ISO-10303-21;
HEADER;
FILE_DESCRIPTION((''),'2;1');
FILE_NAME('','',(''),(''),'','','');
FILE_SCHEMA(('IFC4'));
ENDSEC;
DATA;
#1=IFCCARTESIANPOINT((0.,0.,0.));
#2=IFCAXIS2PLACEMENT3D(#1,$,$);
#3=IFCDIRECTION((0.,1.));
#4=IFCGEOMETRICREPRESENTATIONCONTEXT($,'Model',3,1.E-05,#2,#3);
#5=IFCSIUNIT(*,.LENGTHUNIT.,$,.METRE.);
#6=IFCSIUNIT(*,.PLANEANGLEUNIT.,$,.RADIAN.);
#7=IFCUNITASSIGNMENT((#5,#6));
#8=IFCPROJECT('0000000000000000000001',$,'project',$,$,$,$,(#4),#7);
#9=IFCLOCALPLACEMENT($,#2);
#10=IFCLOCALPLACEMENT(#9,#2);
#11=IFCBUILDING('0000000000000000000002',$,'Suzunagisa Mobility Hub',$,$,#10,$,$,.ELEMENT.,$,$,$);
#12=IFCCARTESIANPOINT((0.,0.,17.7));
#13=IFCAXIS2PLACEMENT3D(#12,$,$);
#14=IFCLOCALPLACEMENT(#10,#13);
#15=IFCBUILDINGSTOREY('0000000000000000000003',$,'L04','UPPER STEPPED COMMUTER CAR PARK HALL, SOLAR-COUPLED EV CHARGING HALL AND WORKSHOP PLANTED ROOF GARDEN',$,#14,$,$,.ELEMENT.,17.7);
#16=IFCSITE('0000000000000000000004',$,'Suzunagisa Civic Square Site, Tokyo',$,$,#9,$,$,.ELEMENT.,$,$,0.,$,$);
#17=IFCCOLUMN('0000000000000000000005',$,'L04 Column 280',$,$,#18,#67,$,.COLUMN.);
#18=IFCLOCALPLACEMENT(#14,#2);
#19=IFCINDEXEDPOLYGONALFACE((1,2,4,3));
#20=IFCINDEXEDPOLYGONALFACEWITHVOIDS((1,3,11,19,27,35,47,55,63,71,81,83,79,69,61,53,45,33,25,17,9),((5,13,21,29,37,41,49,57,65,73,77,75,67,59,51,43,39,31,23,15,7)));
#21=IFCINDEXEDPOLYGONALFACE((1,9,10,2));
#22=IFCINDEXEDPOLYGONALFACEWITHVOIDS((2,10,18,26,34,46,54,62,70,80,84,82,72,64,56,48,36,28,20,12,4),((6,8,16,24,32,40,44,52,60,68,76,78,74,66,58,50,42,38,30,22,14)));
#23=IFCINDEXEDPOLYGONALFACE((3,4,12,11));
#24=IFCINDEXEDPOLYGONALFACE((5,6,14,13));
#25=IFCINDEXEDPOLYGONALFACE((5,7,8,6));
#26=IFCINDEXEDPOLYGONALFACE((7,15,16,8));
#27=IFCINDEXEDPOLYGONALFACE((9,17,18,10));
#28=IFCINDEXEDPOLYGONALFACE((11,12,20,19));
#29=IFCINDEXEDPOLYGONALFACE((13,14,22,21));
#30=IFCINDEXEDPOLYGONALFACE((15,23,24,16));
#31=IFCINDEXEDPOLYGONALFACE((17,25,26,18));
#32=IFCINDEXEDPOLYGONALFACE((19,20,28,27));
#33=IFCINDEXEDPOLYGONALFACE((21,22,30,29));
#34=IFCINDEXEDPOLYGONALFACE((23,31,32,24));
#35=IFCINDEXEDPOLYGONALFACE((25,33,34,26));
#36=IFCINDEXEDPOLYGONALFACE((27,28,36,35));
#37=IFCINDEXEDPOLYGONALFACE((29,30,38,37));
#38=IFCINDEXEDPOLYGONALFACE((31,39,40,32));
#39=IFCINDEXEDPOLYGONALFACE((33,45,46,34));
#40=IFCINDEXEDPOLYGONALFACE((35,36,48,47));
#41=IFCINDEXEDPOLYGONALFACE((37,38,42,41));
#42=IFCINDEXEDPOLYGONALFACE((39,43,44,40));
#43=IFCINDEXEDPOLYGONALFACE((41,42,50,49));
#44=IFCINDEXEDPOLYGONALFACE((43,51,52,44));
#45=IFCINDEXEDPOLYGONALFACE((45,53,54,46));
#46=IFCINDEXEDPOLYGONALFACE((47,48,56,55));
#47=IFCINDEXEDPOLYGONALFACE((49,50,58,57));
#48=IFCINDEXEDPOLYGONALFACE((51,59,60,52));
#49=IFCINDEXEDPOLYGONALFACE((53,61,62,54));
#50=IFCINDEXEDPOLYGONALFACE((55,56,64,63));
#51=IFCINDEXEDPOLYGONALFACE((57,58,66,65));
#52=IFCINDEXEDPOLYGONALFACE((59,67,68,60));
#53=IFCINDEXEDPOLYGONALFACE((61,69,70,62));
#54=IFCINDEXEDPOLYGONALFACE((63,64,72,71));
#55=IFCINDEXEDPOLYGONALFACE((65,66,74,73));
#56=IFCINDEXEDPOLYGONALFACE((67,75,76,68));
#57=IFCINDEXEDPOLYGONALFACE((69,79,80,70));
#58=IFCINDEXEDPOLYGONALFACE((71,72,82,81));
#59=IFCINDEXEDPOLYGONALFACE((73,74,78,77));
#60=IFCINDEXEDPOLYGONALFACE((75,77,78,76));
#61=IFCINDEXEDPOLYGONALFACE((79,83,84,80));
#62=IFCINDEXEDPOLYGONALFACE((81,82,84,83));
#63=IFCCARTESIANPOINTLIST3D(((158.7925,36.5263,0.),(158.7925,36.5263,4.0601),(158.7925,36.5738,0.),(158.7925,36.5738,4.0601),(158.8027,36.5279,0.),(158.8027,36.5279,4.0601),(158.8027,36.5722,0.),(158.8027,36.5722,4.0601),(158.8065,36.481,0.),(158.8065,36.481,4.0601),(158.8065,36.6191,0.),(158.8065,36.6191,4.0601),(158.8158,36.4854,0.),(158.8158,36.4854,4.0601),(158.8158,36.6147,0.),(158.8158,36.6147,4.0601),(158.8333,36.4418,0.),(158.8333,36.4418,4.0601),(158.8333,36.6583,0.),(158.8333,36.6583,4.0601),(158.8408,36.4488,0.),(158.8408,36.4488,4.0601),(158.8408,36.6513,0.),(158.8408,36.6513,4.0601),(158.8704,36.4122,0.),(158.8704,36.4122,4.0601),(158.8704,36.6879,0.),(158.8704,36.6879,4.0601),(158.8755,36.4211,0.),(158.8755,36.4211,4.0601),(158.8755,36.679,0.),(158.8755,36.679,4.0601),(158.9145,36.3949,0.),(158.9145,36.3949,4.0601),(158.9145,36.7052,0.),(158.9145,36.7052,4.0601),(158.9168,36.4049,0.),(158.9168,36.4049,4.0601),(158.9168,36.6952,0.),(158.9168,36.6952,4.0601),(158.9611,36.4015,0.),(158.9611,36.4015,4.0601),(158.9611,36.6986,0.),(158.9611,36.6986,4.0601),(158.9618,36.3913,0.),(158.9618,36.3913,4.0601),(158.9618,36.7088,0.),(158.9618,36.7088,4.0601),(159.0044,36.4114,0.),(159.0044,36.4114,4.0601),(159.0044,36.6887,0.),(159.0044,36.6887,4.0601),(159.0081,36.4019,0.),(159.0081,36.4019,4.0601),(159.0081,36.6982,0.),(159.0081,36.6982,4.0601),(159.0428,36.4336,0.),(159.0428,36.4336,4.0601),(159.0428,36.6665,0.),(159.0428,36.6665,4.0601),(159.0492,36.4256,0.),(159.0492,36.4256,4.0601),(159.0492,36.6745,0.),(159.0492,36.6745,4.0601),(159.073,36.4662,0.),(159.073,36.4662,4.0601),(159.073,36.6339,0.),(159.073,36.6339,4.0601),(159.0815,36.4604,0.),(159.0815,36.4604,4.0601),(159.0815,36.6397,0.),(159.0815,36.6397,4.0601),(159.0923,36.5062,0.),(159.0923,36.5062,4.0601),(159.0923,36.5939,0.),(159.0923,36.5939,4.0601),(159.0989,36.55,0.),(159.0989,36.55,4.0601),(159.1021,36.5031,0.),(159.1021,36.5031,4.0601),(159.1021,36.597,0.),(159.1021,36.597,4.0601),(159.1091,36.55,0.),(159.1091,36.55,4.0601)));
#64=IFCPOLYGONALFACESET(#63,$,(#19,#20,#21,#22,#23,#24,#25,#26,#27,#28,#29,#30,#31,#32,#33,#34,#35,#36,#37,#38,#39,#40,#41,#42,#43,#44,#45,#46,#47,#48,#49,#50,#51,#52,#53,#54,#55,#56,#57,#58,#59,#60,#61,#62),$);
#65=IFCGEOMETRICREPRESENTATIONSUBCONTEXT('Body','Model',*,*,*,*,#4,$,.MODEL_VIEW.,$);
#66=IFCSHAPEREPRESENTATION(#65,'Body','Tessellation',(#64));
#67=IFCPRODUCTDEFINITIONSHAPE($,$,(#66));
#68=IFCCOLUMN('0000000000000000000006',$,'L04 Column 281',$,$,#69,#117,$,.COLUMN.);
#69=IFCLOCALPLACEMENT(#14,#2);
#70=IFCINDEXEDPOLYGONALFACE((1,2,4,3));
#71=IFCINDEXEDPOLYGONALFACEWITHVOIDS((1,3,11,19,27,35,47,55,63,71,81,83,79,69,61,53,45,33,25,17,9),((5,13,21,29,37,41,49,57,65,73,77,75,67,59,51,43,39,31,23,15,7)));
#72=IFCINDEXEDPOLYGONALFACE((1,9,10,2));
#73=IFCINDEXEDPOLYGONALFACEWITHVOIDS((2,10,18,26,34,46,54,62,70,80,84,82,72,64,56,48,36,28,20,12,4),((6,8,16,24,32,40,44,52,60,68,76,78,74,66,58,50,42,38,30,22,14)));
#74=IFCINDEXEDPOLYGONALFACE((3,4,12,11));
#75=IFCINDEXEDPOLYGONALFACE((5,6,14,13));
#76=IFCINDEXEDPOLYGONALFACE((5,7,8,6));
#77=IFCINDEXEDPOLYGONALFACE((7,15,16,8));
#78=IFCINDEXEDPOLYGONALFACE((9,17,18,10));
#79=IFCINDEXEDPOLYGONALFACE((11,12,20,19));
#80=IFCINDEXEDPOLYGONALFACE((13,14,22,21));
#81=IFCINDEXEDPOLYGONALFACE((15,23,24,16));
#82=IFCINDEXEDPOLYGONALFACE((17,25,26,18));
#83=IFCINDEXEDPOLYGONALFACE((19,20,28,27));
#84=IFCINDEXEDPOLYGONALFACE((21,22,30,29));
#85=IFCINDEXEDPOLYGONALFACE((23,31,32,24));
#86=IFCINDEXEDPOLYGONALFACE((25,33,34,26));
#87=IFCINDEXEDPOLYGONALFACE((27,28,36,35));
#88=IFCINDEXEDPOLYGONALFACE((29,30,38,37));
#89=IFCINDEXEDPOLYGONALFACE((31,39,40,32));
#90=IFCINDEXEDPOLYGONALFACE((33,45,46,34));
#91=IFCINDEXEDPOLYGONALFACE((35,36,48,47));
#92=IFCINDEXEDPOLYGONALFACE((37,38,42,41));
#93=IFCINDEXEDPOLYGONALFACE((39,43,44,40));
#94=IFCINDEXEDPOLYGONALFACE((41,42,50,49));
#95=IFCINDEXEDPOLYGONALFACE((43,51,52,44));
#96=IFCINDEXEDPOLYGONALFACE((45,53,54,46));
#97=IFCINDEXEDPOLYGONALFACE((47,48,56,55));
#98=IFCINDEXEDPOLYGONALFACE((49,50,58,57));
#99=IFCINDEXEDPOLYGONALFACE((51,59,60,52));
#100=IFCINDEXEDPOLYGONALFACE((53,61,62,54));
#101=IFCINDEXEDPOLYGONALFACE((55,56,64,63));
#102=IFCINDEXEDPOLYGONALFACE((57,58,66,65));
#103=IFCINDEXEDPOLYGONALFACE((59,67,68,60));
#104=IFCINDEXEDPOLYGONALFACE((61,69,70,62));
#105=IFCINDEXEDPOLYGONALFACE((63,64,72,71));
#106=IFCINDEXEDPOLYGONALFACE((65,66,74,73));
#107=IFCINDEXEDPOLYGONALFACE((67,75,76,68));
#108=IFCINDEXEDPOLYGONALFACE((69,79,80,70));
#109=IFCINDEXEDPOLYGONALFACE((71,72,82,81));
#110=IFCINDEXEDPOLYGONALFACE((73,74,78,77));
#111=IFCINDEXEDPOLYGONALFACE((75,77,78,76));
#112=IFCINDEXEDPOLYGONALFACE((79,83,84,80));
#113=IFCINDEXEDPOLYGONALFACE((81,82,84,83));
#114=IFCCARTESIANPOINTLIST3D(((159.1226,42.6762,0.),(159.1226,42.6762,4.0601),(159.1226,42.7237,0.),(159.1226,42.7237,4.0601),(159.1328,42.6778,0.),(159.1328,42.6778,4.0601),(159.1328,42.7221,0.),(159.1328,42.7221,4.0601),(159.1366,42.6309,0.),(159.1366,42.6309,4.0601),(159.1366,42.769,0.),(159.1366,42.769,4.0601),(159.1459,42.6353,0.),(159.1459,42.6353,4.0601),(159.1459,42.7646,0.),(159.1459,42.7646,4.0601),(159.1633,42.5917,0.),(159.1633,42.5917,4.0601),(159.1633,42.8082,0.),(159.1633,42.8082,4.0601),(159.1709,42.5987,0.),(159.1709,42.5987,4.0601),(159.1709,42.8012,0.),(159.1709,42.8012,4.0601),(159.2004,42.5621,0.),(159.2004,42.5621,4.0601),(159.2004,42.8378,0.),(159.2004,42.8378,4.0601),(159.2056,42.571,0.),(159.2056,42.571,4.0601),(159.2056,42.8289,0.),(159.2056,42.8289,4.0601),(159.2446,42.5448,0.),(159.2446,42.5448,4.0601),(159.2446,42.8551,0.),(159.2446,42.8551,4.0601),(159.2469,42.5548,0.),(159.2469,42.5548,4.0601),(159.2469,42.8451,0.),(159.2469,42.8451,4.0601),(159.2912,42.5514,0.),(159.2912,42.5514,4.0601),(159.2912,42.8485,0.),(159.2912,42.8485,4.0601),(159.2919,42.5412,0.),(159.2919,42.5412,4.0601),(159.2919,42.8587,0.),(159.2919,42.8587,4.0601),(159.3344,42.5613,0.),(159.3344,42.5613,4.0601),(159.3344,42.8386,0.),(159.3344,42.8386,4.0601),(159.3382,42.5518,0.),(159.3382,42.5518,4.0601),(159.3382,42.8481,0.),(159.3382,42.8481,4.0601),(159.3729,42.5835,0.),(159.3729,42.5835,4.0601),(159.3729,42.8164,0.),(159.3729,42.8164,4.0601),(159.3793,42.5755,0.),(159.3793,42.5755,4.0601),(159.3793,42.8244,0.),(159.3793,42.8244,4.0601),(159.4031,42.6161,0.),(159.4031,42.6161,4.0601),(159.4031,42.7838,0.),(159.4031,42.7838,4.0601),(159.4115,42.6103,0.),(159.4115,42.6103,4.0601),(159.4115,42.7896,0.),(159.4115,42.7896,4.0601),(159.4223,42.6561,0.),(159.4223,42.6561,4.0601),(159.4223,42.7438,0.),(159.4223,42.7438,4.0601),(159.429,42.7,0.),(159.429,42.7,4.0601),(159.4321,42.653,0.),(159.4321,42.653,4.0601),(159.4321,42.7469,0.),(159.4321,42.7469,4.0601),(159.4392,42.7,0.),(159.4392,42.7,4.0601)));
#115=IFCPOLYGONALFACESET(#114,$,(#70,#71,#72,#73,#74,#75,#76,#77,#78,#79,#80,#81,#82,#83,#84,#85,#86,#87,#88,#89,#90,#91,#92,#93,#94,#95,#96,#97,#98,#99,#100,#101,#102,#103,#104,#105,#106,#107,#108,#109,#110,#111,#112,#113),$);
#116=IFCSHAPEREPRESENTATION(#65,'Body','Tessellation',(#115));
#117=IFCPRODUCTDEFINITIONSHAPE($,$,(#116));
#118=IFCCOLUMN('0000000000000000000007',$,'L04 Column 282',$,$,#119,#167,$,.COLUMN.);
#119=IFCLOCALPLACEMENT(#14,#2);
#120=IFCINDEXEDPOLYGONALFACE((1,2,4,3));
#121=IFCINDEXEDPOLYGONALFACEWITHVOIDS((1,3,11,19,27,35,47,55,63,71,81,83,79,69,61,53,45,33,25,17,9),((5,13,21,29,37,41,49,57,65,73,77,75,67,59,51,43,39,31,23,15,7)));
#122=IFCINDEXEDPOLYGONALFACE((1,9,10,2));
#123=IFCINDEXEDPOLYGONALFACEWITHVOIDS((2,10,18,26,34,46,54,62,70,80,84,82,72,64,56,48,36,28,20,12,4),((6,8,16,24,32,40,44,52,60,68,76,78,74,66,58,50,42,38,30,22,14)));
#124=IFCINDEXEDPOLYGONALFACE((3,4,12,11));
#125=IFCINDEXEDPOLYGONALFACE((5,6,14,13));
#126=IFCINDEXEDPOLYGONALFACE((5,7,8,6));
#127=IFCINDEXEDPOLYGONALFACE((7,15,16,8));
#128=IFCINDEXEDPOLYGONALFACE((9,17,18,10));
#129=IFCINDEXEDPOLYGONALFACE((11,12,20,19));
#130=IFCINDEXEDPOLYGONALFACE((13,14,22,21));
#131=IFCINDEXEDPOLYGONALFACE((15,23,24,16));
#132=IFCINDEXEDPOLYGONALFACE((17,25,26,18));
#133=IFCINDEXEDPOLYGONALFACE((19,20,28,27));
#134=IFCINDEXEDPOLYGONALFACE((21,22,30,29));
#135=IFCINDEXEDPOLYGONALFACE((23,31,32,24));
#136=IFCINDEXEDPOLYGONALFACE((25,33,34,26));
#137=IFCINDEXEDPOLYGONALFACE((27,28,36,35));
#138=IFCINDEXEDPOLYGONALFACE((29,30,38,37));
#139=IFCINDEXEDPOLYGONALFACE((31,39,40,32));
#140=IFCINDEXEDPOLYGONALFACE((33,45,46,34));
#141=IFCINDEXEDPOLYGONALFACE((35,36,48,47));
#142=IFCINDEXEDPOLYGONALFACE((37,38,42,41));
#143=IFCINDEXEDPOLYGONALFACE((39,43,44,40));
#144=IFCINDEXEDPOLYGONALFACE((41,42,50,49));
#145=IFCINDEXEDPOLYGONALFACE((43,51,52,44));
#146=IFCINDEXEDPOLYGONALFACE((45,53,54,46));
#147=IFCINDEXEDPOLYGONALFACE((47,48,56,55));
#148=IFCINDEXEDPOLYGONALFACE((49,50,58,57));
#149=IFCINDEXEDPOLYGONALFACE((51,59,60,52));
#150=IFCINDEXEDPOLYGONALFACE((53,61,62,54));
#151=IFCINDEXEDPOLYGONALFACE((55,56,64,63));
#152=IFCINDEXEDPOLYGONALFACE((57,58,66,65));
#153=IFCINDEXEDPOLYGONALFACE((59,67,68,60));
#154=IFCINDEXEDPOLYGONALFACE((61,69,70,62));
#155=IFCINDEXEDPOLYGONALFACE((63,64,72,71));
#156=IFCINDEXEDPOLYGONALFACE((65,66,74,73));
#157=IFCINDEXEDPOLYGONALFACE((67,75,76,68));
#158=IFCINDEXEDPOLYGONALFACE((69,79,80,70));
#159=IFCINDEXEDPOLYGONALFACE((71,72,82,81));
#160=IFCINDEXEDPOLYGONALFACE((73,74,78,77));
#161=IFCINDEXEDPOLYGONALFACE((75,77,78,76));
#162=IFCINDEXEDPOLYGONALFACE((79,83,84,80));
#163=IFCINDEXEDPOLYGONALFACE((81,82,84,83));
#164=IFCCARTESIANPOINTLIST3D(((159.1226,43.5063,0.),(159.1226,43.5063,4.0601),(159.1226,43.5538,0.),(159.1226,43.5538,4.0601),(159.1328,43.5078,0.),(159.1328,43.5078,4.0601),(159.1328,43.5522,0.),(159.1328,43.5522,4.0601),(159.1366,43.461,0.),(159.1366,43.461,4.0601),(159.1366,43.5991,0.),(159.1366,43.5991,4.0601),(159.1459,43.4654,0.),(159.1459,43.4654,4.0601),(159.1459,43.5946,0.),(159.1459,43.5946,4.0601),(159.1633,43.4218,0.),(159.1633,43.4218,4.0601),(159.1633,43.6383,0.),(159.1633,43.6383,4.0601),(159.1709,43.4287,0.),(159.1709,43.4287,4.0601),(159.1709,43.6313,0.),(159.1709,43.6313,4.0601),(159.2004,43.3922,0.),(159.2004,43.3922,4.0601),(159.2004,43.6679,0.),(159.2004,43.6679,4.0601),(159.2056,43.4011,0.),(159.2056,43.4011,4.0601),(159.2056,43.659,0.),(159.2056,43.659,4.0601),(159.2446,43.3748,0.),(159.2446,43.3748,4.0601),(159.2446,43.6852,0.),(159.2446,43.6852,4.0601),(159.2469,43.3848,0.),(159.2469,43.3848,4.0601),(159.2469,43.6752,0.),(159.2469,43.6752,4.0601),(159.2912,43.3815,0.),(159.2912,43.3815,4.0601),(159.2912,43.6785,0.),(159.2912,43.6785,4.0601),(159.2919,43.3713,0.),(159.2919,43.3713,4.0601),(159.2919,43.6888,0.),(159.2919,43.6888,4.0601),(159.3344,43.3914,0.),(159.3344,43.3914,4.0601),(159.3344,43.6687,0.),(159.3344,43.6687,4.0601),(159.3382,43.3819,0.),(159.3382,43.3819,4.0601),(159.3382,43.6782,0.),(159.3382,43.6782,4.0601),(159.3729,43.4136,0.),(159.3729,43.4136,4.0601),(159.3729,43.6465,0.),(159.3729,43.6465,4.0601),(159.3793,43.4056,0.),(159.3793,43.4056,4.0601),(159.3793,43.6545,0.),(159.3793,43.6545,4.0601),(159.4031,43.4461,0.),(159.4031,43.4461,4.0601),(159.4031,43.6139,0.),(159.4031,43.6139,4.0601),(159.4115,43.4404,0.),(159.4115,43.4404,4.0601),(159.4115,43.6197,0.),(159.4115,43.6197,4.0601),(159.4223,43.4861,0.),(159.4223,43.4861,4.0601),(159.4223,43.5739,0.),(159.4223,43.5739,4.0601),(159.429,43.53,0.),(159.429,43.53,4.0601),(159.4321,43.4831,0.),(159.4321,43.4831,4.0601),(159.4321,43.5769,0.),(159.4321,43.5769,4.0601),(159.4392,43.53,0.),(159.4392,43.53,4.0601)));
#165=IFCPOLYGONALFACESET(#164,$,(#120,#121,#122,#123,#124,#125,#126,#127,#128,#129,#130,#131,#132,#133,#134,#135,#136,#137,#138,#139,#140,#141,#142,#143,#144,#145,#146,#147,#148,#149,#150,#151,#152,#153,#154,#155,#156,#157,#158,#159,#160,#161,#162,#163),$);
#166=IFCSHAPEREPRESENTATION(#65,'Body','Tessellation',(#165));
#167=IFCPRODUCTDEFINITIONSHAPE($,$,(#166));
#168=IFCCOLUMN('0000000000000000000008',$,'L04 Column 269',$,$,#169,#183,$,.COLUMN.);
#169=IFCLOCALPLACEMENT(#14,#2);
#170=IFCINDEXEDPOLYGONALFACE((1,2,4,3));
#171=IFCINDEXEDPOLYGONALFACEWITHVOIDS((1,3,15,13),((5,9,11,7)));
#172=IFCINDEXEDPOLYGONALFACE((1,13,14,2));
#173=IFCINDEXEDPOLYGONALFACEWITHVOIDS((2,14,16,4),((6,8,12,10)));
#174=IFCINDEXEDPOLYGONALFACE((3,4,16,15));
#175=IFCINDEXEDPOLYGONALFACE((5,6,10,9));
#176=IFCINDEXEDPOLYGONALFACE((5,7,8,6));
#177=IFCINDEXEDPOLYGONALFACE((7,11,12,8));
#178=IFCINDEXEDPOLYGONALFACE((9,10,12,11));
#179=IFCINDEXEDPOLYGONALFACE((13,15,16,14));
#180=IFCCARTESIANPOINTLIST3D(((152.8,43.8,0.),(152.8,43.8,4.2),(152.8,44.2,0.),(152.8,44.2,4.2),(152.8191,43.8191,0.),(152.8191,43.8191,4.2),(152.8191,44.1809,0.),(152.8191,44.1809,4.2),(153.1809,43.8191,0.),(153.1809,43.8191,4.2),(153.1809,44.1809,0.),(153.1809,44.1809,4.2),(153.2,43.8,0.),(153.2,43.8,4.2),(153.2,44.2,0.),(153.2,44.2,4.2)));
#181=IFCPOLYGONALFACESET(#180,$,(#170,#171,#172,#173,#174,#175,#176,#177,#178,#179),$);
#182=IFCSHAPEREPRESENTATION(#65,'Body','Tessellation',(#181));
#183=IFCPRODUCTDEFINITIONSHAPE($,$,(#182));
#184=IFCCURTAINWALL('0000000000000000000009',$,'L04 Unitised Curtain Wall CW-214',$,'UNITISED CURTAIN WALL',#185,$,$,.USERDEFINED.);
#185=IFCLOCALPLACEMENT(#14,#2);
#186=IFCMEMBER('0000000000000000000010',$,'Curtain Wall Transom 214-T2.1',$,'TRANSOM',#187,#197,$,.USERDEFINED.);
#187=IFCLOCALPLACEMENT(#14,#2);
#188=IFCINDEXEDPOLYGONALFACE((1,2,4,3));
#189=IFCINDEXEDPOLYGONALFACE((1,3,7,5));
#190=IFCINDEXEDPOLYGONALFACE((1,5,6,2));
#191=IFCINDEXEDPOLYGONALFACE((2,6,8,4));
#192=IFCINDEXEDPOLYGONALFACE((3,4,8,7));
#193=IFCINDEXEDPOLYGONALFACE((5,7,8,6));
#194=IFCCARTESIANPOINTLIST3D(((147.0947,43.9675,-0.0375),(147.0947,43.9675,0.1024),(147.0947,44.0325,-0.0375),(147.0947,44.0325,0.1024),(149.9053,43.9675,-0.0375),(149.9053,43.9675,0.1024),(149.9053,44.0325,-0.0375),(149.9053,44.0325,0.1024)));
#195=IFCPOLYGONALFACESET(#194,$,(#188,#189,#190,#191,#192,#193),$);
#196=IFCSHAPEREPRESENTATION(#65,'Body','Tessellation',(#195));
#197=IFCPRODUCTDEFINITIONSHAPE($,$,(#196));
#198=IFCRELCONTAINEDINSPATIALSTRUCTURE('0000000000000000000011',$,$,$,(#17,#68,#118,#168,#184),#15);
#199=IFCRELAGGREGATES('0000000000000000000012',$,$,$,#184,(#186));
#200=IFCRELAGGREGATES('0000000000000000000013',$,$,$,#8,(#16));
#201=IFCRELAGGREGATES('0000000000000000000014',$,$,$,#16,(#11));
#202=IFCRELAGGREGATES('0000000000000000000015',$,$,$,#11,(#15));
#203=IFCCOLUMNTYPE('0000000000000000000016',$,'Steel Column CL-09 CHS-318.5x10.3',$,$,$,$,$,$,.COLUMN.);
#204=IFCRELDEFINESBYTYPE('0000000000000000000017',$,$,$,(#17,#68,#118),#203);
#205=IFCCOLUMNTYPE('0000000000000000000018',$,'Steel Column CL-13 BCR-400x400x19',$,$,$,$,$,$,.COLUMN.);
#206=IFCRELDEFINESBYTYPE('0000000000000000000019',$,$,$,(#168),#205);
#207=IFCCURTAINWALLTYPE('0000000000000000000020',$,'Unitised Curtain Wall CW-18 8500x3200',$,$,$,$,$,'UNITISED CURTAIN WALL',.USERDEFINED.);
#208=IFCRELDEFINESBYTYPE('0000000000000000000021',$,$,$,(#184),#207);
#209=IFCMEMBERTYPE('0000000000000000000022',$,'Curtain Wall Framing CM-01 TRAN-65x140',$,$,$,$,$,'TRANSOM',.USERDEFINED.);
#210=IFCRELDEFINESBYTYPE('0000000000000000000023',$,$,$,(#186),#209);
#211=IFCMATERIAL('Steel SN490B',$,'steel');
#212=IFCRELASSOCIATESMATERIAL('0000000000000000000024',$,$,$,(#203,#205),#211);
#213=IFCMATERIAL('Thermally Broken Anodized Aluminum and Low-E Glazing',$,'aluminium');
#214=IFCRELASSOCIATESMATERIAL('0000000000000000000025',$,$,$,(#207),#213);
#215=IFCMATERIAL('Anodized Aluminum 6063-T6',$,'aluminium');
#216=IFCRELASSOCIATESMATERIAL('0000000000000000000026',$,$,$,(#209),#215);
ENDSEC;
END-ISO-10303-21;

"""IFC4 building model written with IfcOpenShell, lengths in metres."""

from ifc_helpers import new_model, si_unit, direction, frame, origin, origin_2d, place, context, subcontext, project, spatial, rectangle, hollow_rectangle, hollow_circle, extrude, material, material_profile, profile_set, type_object, element, aggregate, save


model = new_model("IFC4")

# Units and contexts
model_context = context("Model", 3, precision=1e-05, world=origin(), true_north=direction((0.0, 1.0)))
body_context = subcontext(model_context, "Body", "Model", "MODEL_VIEW")
ifc_project = project(units=[si_unit("LENGTHUNIT", "METRE"), si_unit("PLANEANGLEUNIT", "RADIAN")], contexts=[model_context])

# Site, building, storey
site_placement = place(None, origin())
site = spatial("IfcSite", under=ifc_project, at=site_placement, Name="Suzunagisa Civic Square Site, Tokyo", CompositionType="ELEMENT", RefElevation=0.0)
building_placement = place(site_placement, origin())
building = spatial("IfcBuilding", under=site, at=building_placement, Name="Suzunagisa Mobility Hub", CompositionType="ELEMENT")
storey_placement = place(building_placement, frame((0.0, 0.0, 17.7)))
storey = spatial("IfcBuildingStorey", under=building, at=storey_placement, Name="L04", Description="UPPER STEPPED COMMUTER CAR PARK HALL, SOLAR-COUPLED EV CHARGING HALL AND WORKSHOP PLANTED ROOF GARDEN", CompositionType="ELEMENT", Elevation=17.7)

# Columns
ifc_material_1 = material(Name="Steel SN490B", Category="steel")
ifc_material_profile_1 = material_profile(ifc_material_1, hollow_circle(Radius=0.1592, WallThickness=0.0103, at=origin_2d()), Name="CHS-318.5x10.3")
ifc_profile_set_1 = profile_set([ifc_material_profile_1], Name="Steel SN490B")
column_type_1 = type_object("IfcColumnType", Name="Steel Column CL-09 CHS-318.5x10.3", PredefinedType="COLUMN", material=ifc_profile_set_1)
for number, where, z_axis, x_axis, name in (
    (1, (158.95, 36.55, 0.0), (0.0, 0.0, 1.0), (1.0, 0.0, 0.0), "L04 Column 280"),
    (2, (159.28, 42.7, 0.0), (0.0, 0.0, 1.0), (1.0, 0.0, 0.0), "L04 Column 281"),
    (3, (159.28, 43.53, 0.0), (0.0, 0.0, 1.0), (1.0, 0.0, 0.0), "L04 Column 282"),
):
    element("IfcColumn", number, at=place(storey_placement, frame(where, z_axis=z_axis, x_axis=x_axis)), inside=storey, type_object=column_type_1, Name=name, PredefinedType="COLUMN", context=body_context, shape_type="SweptSolid", body=[
        extrude(hollow_circle(Radius=0.1592, WallThickness=0.0103, at=origin_2d()), origin(), (0.0, 0.0, 1.0), 4.0601),
    ])
ifc_material_profile_2 = material_profile(ifc_material_1, hollow_rectangle(XDim=0.3999, YDim=0.3999, WallThickness=0.019, at=origin_2d()), Name="BCR-400x400x19")
ifc_profile_set_2 = profile_set([ifc_material_profile_2], Name="Steel SN490B")
column_type_2 = type_object("IfcColumnType", Name="Steel Column CL-13 BCR-400x400x19", PredefinedType="COLUMN", material=ifc_profile_set_2)
column_placement = place(storey_placement, frame((153.0, 44.0, 0.0), z_axis=(0.0, 0.0, 1.0), x_axis=(1.0, 0.0, 0.0)))
element("IfcColumn", 4, at=column_placement, inside=storey, type_object=column_type_2, Name="L04 Column 269", PredefinedType="COLUMN", context=body_context, shape_type="SweptSolid", body=[
    extrude(hollow_rectangle(XDim=0.3999, YDim=0.3999, WallThickness=0.019, at=origin_2d()), origin(), (0.0, 0.0, 1.0), 4.2),
])

# Curtain wall, member
ifc_material_2 = material(Name="Thermally Broken Anodized Aluminum and Low-E Glazing", Category="aluminium")
curtain_wall_type = type_object("IfcCurtainWallType", Name="Unitised Curtain Wall CW-18 8500x3200", ElementType="UNITISED CURTAIN WALL", PredefinedType="USERDEFINED", material=ifc_material_2)
curtain_wall_placement = place(storey_placement, origin())
curtain_wall = element("IfcCurtainWall", 5, at=curtain_wall_placement, inside=storey, type_object=curtain_wall_type, Name="L04 Unitised Curtain Wall CW-214", ObjectType="UNITISED CURTAIN WALL", PredefinedType="USERDEFINED")
ifc_material_3 = material(Name="Anodized Aluminum 6063-T6", Category="aluminium")
ifc_material_profile_3 = material_profile(ifc_material_3, rectangle(XDim=0.0649, YDim=0.1399, at=origin_2d()), Name="TRAN-65x140")
ifc_profile_set_3 = profile_set([ifc_material_profile_3], Name="Anodized Aluminum 6063-T6")
member_type_1 = type_object("IfcMemberType", Name="Curtain Wall Framing CM-01 TRAN-65x140", ElementType="TRANSOM", PredefinedType="USERDEFINED", material=ifc_profile_set_3)
member_1_placement = place(storey_placement, frame((147.0947, 44.0, 0.0325), z_axis=(1.0, 0.0, 0.0), x_axis=(0.0, 1.0, 0.0)))
member_1 = element("IfcMember", 6, at=member_1_placement, type_object=member_type_1, Name="Curtain Wall Transom 214-T2.1", ObjectType="TRANSOM", PredefinedType="USERDEFINED", context=body_context, shape_type="SweptSolid", body=[
    extrude(rectangle(XDim=0.0649, YDim=0.1399, at=origin_2d()), origin(), (0.0, 0.0, 1.0), 2.8105),
])

aggregate(curtain_wall, [member_1])

save(model, "model.ifc")
